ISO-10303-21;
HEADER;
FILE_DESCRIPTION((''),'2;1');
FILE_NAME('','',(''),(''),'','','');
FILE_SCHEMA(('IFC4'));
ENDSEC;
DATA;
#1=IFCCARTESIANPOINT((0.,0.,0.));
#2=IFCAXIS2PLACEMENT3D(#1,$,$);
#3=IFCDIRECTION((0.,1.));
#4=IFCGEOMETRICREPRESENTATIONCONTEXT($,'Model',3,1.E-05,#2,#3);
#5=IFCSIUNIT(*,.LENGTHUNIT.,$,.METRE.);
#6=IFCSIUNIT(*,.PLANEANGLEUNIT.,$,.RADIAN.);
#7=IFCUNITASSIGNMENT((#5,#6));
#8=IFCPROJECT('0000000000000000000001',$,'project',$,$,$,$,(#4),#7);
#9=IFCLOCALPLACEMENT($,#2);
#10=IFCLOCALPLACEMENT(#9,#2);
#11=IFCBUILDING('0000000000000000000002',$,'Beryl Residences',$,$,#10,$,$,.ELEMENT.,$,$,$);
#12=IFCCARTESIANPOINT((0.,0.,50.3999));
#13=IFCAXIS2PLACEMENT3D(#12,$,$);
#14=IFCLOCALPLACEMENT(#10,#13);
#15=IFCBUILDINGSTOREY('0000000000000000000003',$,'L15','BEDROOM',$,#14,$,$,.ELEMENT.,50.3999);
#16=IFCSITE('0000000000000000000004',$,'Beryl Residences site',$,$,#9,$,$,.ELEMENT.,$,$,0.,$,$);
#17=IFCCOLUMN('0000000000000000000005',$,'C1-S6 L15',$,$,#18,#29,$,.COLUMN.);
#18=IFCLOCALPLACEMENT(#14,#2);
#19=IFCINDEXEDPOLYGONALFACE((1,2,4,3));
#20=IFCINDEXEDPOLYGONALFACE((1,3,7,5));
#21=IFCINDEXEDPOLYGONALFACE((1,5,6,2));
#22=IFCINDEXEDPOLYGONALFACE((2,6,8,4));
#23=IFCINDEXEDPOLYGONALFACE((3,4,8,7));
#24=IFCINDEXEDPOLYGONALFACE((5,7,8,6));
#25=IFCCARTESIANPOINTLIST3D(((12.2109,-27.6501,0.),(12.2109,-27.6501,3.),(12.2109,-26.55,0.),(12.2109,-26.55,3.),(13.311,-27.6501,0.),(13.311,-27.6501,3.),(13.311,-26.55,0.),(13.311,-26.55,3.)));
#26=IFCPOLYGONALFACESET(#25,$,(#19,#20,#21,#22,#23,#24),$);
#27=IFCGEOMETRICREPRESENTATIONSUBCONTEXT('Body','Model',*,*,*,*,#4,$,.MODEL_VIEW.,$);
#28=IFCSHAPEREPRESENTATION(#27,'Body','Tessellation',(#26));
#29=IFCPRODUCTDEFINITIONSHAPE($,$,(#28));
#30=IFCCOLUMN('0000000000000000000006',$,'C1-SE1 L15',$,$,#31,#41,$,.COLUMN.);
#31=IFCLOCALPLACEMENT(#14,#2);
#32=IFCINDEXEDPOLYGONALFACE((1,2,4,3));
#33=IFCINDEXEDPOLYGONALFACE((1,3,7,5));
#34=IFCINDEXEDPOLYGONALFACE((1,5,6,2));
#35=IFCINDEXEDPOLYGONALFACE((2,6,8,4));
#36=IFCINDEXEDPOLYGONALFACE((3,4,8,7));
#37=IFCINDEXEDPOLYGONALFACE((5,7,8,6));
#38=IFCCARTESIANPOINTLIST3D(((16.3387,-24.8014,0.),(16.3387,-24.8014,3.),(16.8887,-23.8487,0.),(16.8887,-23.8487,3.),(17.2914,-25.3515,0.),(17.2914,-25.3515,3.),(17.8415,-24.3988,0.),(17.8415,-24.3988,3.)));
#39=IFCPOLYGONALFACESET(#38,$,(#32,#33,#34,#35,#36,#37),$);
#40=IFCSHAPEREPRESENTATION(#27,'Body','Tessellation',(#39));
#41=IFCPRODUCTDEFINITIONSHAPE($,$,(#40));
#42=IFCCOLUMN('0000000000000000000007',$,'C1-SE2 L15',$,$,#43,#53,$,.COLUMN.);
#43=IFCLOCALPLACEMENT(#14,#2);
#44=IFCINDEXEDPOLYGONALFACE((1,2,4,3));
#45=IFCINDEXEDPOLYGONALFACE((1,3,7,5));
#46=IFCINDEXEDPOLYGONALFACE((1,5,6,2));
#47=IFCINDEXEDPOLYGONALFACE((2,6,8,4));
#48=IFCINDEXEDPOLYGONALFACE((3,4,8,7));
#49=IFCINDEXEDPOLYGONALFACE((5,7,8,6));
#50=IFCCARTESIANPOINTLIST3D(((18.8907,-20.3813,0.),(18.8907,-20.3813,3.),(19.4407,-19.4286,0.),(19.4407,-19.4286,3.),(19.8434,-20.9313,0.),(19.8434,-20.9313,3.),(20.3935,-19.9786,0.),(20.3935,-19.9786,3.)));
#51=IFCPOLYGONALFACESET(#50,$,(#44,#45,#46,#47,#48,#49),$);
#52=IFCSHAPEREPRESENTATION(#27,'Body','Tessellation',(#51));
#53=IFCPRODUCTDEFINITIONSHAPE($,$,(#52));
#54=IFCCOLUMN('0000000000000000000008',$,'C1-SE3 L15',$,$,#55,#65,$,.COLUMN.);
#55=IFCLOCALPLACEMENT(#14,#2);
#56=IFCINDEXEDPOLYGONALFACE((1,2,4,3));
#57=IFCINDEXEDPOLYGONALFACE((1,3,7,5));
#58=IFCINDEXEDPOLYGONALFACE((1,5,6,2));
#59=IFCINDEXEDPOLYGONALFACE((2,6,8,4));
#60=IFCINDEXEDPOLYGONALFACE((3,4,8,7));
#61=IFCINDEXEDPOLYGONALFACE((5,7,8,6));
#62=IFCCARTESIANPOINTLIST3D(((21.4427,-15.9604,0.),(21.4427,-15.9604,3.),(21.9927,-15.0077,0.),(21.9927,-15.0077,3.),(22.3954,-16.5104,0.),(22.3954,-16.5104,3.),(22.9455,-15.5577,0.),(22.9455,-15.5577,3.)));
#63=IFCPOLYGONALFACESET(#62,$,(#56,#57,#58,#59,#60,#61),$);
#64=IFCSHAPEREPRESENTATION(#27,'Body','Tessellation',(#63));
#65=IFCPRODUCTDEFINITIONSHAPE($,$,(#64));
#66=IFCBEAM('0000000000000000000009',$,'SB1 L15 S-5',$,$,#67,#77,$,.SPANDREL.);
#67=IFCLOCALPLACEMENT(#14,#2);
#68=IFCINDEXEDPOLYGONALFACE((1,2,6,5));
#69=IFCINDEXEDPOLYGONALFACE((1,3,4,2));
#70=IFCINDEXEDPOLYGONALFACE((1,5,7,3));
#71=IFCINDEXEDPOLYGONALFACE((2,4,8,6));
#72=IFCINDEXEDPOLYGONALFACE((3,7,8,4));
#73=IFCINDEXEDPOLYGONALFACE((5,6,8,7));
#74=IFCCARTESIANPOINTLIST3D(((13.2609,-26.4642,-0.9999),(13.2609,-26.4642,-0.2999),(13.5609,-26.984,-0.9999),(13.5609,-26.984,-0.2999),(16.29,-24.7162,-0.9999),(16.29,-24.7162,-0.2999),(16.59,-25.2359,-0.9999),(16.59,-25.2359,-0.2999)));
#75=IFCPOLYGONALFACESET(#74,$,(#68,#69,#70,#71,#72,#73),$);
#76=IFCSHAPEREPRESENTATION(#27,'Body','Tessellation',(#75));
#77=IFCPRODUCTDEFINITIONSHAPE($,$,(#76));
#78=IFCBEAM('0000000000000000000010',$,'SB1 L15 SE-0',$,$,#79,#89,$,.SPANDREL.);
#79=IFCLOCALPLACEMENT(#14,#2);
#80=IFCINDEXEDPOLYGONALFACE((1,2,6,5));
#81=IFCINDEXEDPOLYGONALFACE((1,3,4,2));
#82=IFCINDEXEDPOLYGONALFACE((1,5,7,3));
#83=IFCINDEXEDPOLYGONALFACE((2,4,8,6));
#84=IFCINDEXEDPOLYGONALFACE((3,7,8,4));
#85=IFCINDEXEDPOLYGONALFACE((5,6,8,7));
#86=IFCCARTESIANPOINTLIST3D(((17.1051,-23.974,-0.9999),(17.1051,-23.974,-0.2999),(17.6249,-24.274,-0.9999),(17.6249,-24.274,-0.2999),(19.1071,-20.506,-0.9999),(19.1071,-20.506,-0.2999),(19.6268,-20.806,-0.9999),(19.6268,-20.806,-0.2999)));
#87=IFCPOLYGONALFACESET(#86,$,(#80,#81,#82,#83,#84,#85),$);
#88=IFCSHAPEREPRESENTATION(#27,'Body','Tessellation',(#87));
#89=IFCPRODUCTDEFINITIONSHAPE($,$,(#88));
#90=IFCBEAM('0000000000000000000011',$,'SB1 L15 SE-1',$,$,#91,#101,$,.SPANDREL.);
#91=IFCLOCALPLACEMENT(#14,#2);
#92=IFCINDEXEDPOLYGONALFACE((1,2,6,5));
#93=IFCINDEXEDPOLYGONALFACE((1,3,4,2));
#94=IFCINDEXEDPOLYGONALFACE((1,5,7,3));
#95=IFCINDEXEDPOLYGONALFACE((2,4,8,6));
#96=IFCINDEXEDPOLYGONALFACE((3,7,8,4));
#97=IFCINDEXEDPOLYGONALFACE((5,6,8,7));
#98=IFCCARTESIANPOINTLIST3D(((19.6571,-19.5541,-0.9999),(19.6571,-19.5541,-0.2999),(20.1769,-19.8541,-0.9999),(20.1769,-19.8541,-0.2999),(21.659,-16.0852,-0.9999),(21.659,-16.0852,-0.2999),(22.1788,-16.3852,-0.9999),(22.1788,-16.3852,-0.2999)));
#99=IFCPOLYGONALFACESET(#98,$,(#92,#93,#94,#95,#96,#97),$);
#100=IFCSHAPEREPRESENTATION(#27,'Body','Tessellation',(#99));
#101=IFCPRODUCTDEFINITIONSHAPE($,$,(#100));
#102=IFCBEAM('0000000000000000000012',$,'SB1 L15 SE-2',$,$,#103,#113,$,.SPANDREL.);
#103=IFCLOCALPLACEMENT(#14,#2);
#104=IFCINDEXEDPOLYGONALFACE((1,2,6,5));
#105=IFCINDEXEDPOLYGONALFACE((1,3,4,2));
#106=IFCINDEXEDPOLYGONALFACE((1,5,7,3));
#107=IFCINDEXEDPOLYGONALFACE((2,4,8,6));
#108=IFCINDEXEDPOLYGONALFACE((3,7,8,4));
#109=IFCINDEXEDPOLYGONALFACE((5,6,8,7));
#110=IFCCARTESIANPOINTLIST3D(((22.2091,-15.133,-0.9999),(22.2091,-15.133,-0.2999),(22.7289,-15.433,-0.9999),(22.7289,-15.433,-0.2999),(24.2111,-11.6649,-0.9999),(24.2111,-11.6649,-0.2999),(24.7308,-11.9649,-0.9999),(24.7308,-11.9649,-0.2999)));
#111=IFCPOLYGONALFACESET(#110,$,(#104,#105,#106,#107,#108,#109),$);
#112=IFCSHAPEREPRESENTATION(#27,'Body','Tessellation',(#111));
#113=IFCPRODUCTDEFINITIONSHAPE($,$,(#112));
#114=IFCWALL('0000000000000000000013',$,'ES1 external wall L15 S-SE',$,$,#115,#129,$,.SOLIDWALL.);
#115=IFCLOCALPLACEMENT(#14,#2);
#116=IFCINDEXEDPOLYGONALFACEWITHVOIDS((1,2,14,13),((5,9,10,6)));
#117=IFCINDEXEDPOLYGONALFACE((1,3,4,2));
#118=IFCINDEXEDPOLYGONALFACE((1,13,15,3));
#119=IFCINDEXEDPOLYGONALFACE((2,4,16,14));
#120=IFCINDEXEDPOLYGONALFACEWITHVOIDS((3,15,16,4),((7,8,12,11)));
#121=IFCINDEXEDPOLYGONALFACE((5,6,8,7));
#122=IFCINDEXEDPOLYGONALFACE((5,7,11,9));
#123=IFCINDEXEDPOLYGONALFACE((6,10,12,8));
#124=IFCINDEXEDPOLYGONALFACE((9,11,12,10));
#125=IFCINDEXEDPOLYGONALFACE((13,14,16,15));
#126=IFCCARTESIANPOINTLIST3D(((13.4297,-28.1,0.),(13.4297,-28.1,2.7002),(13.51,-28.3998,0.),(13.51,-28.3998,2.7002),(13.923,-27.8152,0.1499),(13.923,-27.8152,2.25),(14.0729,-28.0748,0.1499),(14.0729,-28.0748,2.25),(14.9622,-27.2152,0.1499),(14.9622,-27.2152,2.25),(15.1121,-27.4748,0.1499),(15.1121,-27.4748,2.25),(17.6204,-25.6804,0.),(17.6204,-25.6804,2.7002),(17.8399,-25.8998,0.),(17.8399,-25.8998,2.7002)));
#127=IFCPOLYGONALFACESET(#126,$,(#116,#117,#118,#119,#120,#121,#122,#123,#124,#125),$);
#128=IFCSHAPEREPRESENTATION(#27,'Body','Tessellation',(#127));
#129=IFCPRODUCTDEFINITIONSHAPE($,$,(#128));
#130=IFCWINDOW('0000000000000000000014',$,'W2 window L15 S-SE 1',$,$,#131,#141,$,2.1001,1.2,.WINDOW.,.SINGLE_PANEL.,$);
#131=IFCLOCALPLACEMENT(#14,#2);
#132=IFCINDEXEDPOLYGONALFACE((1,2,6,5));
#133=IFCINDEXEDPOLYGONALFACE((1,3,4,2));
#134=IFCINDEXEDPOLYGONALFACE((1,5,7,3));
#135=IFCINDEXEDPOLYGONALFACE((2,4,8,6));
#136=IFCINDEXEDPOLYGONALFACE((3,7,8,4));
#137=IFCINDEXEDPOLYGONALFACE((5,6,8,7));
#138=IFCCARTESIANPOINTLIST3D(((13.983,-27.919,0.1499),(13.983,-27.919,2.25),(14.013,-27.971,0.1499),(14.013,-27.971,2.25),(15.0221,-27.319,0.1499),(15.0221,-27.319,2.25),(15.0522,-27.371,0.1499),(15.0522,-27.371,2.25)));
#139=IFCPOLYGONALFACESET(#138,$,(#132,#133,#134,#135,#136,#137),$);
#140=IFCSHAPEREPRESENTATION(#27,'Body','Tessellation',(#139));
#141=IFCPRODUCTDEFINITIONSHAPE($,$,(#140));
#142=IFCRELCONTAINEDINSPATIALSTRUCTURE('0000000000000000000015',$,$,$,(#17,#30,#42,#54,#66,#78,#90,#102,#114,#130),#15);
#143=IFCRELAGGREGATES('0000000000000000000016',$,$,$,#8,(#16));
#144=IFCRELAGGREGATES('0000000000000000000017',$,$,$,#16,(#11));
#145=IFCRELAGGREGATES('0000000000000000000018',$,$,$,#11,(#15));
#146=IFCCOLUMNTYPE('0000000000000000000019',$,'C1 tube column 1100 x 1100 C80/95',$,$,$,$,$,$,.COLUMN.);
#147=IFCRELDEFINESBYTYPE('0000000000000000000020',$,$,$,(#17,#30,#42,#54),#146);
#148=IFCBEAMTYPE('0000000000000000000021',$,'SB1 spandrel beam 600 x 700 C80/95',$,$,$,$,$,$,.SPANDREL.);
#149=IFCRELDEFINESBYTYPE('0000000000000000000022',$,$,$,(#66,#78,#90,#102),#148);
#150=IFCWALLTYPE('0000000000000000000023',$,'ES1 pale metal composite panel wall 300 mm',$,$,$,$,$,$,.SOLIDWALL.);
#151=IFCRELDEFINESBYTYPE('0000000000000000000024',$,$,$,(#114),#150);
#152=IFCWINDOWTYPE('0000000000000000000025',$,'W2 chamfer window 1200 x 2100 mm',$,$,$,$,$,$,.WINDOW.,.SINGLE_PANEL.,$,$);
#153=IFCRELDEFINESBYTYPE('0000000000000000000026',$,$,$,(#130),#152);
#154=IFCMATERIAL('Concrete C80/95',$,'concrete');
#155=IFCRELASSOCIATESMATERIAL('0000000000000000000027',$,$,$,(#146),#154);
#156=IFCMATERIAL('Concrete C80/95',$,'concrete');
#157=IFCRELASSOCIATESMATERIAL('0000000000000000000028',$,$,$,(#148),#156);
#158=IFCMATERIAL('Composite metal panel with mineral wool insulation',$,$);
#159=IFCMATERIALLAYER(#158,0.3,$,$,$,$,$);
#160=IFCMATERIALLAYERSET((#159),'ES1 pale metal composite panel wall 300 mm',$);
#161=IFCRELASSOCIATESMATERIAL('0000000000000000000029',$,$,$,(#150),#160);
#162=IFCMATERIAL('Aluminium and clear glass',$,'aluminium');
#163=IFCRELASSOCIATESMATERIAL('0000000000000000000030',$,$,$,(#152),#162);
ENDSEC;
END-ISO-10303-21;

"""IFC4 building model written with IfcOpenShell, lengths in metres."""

from ifc_helpers import new_model, si_unit, direction, frame, frame_2d, origin, origin_2d, place, context, subcontext, project, spatial, polyline, rectangle, outline, extrude, material, layer, layer_set, material_profile, profile_set, type_object, element, fill, save


model = new_model("IFC4")

# Units and contexts
model_context = context("Model", 3, precision=1e-05, world=origin(), true_north=direction((0.0, 1.0)))
body_context = subcontext(model_context, "Body", "Model", "MODEL_VIEW")
ifc_project = project(units=[si_unit("LENGTHUNIT", "METRE"), si_unit("PLANEANGLEUNIT", "RADIAN")], contexts=[model_context])

# Site, building, storey
site_placement = place(None, origin())
site = spatial("IfcSite", under=ifc_project, at=site_placement, Name="Beryl Residences site", CompositionType="ELEMENT", RefElevation=0.0)
building_placement = place(site_placement, origin())
building = spatial("IfcBuilding", under=site, at=building_placement, Name="Beryl Residences", CompositionType="ELEMENT")
storey_placement = place(building_placement, frame((0.0, 0.0, 50.3999)))
storey = spatial("IfcBuildingStorey", under=building, at=storey_placement, Name="L15", Description="BEDROOM", CompositionType="ELEMENT", Elevation=50.3999)

# Columns
ifc_material_1 = material(Name="Concrete C80/95", Category="concrete")
ifc_material_profile_1 = material_profile(ifc_material_1, rectangle(XDim=1.1001, YDim=1.1001, at=origin_2d()))
ifc_profile_set_1 = profile_set([ifc_material_profile_1], Name="Concrete C80/95")
column_type = type_object("IfcColumnType", Name="C1 tube column 1100 x 1100 C80/95", PredefinedType="COLUMN", material=ifc_profile_set_1)
for number, where, z_axis, x_axis, name in (
    (1, (12.761, -27.1001, 0.0), (0.0, 0.0, 1.0), (1.0, 0.0, 0.0), "C1-S6 L15"),
    (2, (17.0901, -24.6001, 0.0), (0.0, 0.0, 1.0), (0.499985, 0.866034, 0.0), "C1-SE1 L15"),
    (3, (19.6421, -20.1799, 0.0), (0.0, 0.0, 1.0), (0.499985, 0.866034, 0.0), "C1-SE2 L15"),
    (4, (22.1941, -15.759, 0.0), (0.0, 0.0, 1.0), (0.499985, 0.866034, 0.0), "C1-SE3 L15"),
):
    element("IfcColumn", number, at=place(storey_placement, frame(where, z_axis=z_axis, x_axis=x_axis)), inside=storey, type_object=column_type, Name=name, PredefinedType="COLUMN", context=body_context, shape_type="SweptSolid", body=[
        extrude(rectangle(XDim=1.1001, YDim=1.1001, at=origin_2d()), origin(), (0.0, 0.0, 1.0), 3.0),
    ])

# Beams
ifc_material_2 = material(Name="Concrete C80/95", Category="concrete")
ifc_material_profile_2 = material_profile(ifc_material_2, rectangle(XDim=0.6001, YDim=0.7, at=origin_2d()))
ifc_profile_set_2 = profile_set([ifc_material_profile_2], Name="Concrete C80/95")
beam_type = type_object("IfcBeamType", Name="SB1 spandrel beam 600 x 700 C80/95", PredefinedType="SPANDREL", material=ifc_profile_set_2)
beam_1_placement = place(storey_placement, frame((13.4109, -26.7241, -0.6499), z_axis=(0.866122, 0.499833, 0.0), x_axis=(-0.499833, 0.866122, 0.0)))
element("IfcBeam", 5, at=beam_1_placement, inside=storey, type_object=beam_type, Name="SB1 L15 S-5", PredefinedType="SPANDREL", context=body_context, shape_type="SweptSolid", body=[
    extrude(rectangle(XDim=0.6001, YDim=0.7, at=origin_2d()), origin(), (0.0, 0.0, 1.0), 3.4973),
])
beam_2_placement = place(storey_placement, frame((17.365, -24.124, -0.6499), z_axis=(0.499942, 0.866059, 0.0), x_axis=(-0.866059, 0.499942, 0.0)))
element("IfcBeam", 6, at=beam_2_placement, inside=storey, type_object=beam_type, Name="SB1 L15 SE-0", PredefinedType="SPANDREL", context=body_context, shape_type="SweptSolid", body=[
    extrude(rectangle(XDim=0.6001, YDim=0.7, at=origin_2d()), origin(), (0.0, 0.0, 1.0), 4.0044),
])
beam_3_placement = place(storey_placement, frame((19.917, -19.7041, -0.6499), z_axis=(0.499837, 0.86612, 0.0), x_axis=(-0.86612, 0.499837, 0.0)))
element("IfcBeam", 7, at=beam_3_placement, inside=storey, type_object=beam_type, Name="SB1 L15 SE-1", PredefinedType="SPANDREL", context=body_context, shape_type="SweptSolid", body=[
    extrude(rectangle(XDim=0.6001, YDim=0.7, at=origin_2d()), origin(), (0.0, 0.0, 1.0), 4.0051),
])
beam_4_placement = place(storey_placement, frame((22.469, -15.283, -0.6499), z_axis=(0.499942, 0.866059, 0.0), x_axis=(-0.866059, 0.499942, 0.0)))
element("IfcBeam", 8, at=beam_4_placement, inside=storey, type_object=beam_type, Name="SB1 L15 SE-2", PredefinedType="SPANDREL", context=body_context, shape_type="SweptSolid", body=[
    extrude(rectangle(XDim=0.6001, YDim=0.7, at=origin_2d()), origin(), (0.0, 0.0, 1.0), 4.0044),
])

# Wall, opening, window
ifc_material_3 = material(Name="Composite metal panel with mineral wool insulation")
ifc_layer_1 = layer(ifc_material_3, 0.3)
ifc_layer_set_1 = layer_set([ifc_layer_1], Name="ES1 pale metal composite panel wall 300 mm")
wall_type_1 = type_object("IfcWallType", Name="ES1 pale metal composite panel wall 300 mm", PredefinedType="SOLIDWALL", material=ifc_layer_set_1)
wall_1_placement = place(storey_placement, frame((13.4351, -28.27, 0.0), z_axis=(0.0, 0.0, 1.0), x_axis=(0.866011, 0.500025, 0.0)))
wall_1 = element("IfcWall", 9, at=wall_1_placement, inside=storey, type_object=wall_type_1, Name="ES1 external wall L15 S-SE", PredefinedType="SOLIDWALL", context=body_context, shape_type="SweptSolid", body=[
    extrude(outline(polyline([(0.0, -0.1499), (4.9998, -0.1499), (4.9194, 0.1499), (0.0803, 0.1499), (0.0, -0.1499)])), origin(), (0.0, 0.0, 1.0), 2.7002),
])
opening_1_placement = place(wall_1_placement, frame((0.6499, 0.0, 0.1499)))
opening_1 = element("IfcOpeningElement", 10, at=opening_1_placement, cuts=wall_1, PredefinedType="OPENING", context=body_context, shape_type="SweptSolid", body=[
    extrude(rectangle(XDim=1.2, YDim=2.1001, at=frame_2d((0.6001, 1.05))), frame((0.0, 0.1599, 0.0), z_axis=(0.0, -1.0, 0.0), x_axis=(1.0, 0.0, 0.0)), (0.0, 0.0, 1.0), 0.3201),
])
ifc_material_4 = material(Name="Aluminium and clear glass", Category="aluminium")
window_type_1 = type_object("IfcWindowType", Name="W2 chamfer window 1200 x 2100 mm", PartitioningType="SINGLE_PANEL", PredefinedType="WINDOW", material=ifc_material_4)
window_1_placement = place(opening_1_placement, origin())
window_1 = element("IfcWindow", 11, at=window_1_placement, inside=storey, type_object=window_type_1, Name="W2 window L15 S-SE 1", OverallHeight=2.1001, OverallWidth=1.2, PartitioningType="SINGLE_PANEL", PredefinedType="WINDOW", context=body_context, shape_type="SweptSolid", body=[
    extrude(rectangle(XDim=1.2, YDim=2.1001, at=frame_2d((0.6001, 1.05))), frame((0.0, 0.03, 0.0), z_axis=(0.0, -1.0, 0.0), x_axis=(1.0, 0.0, 0.0)), (0.0, 0.0, 1.0), 0.0601),
])
fill(opening_1, window_1)

save(model, "model.ifc")
